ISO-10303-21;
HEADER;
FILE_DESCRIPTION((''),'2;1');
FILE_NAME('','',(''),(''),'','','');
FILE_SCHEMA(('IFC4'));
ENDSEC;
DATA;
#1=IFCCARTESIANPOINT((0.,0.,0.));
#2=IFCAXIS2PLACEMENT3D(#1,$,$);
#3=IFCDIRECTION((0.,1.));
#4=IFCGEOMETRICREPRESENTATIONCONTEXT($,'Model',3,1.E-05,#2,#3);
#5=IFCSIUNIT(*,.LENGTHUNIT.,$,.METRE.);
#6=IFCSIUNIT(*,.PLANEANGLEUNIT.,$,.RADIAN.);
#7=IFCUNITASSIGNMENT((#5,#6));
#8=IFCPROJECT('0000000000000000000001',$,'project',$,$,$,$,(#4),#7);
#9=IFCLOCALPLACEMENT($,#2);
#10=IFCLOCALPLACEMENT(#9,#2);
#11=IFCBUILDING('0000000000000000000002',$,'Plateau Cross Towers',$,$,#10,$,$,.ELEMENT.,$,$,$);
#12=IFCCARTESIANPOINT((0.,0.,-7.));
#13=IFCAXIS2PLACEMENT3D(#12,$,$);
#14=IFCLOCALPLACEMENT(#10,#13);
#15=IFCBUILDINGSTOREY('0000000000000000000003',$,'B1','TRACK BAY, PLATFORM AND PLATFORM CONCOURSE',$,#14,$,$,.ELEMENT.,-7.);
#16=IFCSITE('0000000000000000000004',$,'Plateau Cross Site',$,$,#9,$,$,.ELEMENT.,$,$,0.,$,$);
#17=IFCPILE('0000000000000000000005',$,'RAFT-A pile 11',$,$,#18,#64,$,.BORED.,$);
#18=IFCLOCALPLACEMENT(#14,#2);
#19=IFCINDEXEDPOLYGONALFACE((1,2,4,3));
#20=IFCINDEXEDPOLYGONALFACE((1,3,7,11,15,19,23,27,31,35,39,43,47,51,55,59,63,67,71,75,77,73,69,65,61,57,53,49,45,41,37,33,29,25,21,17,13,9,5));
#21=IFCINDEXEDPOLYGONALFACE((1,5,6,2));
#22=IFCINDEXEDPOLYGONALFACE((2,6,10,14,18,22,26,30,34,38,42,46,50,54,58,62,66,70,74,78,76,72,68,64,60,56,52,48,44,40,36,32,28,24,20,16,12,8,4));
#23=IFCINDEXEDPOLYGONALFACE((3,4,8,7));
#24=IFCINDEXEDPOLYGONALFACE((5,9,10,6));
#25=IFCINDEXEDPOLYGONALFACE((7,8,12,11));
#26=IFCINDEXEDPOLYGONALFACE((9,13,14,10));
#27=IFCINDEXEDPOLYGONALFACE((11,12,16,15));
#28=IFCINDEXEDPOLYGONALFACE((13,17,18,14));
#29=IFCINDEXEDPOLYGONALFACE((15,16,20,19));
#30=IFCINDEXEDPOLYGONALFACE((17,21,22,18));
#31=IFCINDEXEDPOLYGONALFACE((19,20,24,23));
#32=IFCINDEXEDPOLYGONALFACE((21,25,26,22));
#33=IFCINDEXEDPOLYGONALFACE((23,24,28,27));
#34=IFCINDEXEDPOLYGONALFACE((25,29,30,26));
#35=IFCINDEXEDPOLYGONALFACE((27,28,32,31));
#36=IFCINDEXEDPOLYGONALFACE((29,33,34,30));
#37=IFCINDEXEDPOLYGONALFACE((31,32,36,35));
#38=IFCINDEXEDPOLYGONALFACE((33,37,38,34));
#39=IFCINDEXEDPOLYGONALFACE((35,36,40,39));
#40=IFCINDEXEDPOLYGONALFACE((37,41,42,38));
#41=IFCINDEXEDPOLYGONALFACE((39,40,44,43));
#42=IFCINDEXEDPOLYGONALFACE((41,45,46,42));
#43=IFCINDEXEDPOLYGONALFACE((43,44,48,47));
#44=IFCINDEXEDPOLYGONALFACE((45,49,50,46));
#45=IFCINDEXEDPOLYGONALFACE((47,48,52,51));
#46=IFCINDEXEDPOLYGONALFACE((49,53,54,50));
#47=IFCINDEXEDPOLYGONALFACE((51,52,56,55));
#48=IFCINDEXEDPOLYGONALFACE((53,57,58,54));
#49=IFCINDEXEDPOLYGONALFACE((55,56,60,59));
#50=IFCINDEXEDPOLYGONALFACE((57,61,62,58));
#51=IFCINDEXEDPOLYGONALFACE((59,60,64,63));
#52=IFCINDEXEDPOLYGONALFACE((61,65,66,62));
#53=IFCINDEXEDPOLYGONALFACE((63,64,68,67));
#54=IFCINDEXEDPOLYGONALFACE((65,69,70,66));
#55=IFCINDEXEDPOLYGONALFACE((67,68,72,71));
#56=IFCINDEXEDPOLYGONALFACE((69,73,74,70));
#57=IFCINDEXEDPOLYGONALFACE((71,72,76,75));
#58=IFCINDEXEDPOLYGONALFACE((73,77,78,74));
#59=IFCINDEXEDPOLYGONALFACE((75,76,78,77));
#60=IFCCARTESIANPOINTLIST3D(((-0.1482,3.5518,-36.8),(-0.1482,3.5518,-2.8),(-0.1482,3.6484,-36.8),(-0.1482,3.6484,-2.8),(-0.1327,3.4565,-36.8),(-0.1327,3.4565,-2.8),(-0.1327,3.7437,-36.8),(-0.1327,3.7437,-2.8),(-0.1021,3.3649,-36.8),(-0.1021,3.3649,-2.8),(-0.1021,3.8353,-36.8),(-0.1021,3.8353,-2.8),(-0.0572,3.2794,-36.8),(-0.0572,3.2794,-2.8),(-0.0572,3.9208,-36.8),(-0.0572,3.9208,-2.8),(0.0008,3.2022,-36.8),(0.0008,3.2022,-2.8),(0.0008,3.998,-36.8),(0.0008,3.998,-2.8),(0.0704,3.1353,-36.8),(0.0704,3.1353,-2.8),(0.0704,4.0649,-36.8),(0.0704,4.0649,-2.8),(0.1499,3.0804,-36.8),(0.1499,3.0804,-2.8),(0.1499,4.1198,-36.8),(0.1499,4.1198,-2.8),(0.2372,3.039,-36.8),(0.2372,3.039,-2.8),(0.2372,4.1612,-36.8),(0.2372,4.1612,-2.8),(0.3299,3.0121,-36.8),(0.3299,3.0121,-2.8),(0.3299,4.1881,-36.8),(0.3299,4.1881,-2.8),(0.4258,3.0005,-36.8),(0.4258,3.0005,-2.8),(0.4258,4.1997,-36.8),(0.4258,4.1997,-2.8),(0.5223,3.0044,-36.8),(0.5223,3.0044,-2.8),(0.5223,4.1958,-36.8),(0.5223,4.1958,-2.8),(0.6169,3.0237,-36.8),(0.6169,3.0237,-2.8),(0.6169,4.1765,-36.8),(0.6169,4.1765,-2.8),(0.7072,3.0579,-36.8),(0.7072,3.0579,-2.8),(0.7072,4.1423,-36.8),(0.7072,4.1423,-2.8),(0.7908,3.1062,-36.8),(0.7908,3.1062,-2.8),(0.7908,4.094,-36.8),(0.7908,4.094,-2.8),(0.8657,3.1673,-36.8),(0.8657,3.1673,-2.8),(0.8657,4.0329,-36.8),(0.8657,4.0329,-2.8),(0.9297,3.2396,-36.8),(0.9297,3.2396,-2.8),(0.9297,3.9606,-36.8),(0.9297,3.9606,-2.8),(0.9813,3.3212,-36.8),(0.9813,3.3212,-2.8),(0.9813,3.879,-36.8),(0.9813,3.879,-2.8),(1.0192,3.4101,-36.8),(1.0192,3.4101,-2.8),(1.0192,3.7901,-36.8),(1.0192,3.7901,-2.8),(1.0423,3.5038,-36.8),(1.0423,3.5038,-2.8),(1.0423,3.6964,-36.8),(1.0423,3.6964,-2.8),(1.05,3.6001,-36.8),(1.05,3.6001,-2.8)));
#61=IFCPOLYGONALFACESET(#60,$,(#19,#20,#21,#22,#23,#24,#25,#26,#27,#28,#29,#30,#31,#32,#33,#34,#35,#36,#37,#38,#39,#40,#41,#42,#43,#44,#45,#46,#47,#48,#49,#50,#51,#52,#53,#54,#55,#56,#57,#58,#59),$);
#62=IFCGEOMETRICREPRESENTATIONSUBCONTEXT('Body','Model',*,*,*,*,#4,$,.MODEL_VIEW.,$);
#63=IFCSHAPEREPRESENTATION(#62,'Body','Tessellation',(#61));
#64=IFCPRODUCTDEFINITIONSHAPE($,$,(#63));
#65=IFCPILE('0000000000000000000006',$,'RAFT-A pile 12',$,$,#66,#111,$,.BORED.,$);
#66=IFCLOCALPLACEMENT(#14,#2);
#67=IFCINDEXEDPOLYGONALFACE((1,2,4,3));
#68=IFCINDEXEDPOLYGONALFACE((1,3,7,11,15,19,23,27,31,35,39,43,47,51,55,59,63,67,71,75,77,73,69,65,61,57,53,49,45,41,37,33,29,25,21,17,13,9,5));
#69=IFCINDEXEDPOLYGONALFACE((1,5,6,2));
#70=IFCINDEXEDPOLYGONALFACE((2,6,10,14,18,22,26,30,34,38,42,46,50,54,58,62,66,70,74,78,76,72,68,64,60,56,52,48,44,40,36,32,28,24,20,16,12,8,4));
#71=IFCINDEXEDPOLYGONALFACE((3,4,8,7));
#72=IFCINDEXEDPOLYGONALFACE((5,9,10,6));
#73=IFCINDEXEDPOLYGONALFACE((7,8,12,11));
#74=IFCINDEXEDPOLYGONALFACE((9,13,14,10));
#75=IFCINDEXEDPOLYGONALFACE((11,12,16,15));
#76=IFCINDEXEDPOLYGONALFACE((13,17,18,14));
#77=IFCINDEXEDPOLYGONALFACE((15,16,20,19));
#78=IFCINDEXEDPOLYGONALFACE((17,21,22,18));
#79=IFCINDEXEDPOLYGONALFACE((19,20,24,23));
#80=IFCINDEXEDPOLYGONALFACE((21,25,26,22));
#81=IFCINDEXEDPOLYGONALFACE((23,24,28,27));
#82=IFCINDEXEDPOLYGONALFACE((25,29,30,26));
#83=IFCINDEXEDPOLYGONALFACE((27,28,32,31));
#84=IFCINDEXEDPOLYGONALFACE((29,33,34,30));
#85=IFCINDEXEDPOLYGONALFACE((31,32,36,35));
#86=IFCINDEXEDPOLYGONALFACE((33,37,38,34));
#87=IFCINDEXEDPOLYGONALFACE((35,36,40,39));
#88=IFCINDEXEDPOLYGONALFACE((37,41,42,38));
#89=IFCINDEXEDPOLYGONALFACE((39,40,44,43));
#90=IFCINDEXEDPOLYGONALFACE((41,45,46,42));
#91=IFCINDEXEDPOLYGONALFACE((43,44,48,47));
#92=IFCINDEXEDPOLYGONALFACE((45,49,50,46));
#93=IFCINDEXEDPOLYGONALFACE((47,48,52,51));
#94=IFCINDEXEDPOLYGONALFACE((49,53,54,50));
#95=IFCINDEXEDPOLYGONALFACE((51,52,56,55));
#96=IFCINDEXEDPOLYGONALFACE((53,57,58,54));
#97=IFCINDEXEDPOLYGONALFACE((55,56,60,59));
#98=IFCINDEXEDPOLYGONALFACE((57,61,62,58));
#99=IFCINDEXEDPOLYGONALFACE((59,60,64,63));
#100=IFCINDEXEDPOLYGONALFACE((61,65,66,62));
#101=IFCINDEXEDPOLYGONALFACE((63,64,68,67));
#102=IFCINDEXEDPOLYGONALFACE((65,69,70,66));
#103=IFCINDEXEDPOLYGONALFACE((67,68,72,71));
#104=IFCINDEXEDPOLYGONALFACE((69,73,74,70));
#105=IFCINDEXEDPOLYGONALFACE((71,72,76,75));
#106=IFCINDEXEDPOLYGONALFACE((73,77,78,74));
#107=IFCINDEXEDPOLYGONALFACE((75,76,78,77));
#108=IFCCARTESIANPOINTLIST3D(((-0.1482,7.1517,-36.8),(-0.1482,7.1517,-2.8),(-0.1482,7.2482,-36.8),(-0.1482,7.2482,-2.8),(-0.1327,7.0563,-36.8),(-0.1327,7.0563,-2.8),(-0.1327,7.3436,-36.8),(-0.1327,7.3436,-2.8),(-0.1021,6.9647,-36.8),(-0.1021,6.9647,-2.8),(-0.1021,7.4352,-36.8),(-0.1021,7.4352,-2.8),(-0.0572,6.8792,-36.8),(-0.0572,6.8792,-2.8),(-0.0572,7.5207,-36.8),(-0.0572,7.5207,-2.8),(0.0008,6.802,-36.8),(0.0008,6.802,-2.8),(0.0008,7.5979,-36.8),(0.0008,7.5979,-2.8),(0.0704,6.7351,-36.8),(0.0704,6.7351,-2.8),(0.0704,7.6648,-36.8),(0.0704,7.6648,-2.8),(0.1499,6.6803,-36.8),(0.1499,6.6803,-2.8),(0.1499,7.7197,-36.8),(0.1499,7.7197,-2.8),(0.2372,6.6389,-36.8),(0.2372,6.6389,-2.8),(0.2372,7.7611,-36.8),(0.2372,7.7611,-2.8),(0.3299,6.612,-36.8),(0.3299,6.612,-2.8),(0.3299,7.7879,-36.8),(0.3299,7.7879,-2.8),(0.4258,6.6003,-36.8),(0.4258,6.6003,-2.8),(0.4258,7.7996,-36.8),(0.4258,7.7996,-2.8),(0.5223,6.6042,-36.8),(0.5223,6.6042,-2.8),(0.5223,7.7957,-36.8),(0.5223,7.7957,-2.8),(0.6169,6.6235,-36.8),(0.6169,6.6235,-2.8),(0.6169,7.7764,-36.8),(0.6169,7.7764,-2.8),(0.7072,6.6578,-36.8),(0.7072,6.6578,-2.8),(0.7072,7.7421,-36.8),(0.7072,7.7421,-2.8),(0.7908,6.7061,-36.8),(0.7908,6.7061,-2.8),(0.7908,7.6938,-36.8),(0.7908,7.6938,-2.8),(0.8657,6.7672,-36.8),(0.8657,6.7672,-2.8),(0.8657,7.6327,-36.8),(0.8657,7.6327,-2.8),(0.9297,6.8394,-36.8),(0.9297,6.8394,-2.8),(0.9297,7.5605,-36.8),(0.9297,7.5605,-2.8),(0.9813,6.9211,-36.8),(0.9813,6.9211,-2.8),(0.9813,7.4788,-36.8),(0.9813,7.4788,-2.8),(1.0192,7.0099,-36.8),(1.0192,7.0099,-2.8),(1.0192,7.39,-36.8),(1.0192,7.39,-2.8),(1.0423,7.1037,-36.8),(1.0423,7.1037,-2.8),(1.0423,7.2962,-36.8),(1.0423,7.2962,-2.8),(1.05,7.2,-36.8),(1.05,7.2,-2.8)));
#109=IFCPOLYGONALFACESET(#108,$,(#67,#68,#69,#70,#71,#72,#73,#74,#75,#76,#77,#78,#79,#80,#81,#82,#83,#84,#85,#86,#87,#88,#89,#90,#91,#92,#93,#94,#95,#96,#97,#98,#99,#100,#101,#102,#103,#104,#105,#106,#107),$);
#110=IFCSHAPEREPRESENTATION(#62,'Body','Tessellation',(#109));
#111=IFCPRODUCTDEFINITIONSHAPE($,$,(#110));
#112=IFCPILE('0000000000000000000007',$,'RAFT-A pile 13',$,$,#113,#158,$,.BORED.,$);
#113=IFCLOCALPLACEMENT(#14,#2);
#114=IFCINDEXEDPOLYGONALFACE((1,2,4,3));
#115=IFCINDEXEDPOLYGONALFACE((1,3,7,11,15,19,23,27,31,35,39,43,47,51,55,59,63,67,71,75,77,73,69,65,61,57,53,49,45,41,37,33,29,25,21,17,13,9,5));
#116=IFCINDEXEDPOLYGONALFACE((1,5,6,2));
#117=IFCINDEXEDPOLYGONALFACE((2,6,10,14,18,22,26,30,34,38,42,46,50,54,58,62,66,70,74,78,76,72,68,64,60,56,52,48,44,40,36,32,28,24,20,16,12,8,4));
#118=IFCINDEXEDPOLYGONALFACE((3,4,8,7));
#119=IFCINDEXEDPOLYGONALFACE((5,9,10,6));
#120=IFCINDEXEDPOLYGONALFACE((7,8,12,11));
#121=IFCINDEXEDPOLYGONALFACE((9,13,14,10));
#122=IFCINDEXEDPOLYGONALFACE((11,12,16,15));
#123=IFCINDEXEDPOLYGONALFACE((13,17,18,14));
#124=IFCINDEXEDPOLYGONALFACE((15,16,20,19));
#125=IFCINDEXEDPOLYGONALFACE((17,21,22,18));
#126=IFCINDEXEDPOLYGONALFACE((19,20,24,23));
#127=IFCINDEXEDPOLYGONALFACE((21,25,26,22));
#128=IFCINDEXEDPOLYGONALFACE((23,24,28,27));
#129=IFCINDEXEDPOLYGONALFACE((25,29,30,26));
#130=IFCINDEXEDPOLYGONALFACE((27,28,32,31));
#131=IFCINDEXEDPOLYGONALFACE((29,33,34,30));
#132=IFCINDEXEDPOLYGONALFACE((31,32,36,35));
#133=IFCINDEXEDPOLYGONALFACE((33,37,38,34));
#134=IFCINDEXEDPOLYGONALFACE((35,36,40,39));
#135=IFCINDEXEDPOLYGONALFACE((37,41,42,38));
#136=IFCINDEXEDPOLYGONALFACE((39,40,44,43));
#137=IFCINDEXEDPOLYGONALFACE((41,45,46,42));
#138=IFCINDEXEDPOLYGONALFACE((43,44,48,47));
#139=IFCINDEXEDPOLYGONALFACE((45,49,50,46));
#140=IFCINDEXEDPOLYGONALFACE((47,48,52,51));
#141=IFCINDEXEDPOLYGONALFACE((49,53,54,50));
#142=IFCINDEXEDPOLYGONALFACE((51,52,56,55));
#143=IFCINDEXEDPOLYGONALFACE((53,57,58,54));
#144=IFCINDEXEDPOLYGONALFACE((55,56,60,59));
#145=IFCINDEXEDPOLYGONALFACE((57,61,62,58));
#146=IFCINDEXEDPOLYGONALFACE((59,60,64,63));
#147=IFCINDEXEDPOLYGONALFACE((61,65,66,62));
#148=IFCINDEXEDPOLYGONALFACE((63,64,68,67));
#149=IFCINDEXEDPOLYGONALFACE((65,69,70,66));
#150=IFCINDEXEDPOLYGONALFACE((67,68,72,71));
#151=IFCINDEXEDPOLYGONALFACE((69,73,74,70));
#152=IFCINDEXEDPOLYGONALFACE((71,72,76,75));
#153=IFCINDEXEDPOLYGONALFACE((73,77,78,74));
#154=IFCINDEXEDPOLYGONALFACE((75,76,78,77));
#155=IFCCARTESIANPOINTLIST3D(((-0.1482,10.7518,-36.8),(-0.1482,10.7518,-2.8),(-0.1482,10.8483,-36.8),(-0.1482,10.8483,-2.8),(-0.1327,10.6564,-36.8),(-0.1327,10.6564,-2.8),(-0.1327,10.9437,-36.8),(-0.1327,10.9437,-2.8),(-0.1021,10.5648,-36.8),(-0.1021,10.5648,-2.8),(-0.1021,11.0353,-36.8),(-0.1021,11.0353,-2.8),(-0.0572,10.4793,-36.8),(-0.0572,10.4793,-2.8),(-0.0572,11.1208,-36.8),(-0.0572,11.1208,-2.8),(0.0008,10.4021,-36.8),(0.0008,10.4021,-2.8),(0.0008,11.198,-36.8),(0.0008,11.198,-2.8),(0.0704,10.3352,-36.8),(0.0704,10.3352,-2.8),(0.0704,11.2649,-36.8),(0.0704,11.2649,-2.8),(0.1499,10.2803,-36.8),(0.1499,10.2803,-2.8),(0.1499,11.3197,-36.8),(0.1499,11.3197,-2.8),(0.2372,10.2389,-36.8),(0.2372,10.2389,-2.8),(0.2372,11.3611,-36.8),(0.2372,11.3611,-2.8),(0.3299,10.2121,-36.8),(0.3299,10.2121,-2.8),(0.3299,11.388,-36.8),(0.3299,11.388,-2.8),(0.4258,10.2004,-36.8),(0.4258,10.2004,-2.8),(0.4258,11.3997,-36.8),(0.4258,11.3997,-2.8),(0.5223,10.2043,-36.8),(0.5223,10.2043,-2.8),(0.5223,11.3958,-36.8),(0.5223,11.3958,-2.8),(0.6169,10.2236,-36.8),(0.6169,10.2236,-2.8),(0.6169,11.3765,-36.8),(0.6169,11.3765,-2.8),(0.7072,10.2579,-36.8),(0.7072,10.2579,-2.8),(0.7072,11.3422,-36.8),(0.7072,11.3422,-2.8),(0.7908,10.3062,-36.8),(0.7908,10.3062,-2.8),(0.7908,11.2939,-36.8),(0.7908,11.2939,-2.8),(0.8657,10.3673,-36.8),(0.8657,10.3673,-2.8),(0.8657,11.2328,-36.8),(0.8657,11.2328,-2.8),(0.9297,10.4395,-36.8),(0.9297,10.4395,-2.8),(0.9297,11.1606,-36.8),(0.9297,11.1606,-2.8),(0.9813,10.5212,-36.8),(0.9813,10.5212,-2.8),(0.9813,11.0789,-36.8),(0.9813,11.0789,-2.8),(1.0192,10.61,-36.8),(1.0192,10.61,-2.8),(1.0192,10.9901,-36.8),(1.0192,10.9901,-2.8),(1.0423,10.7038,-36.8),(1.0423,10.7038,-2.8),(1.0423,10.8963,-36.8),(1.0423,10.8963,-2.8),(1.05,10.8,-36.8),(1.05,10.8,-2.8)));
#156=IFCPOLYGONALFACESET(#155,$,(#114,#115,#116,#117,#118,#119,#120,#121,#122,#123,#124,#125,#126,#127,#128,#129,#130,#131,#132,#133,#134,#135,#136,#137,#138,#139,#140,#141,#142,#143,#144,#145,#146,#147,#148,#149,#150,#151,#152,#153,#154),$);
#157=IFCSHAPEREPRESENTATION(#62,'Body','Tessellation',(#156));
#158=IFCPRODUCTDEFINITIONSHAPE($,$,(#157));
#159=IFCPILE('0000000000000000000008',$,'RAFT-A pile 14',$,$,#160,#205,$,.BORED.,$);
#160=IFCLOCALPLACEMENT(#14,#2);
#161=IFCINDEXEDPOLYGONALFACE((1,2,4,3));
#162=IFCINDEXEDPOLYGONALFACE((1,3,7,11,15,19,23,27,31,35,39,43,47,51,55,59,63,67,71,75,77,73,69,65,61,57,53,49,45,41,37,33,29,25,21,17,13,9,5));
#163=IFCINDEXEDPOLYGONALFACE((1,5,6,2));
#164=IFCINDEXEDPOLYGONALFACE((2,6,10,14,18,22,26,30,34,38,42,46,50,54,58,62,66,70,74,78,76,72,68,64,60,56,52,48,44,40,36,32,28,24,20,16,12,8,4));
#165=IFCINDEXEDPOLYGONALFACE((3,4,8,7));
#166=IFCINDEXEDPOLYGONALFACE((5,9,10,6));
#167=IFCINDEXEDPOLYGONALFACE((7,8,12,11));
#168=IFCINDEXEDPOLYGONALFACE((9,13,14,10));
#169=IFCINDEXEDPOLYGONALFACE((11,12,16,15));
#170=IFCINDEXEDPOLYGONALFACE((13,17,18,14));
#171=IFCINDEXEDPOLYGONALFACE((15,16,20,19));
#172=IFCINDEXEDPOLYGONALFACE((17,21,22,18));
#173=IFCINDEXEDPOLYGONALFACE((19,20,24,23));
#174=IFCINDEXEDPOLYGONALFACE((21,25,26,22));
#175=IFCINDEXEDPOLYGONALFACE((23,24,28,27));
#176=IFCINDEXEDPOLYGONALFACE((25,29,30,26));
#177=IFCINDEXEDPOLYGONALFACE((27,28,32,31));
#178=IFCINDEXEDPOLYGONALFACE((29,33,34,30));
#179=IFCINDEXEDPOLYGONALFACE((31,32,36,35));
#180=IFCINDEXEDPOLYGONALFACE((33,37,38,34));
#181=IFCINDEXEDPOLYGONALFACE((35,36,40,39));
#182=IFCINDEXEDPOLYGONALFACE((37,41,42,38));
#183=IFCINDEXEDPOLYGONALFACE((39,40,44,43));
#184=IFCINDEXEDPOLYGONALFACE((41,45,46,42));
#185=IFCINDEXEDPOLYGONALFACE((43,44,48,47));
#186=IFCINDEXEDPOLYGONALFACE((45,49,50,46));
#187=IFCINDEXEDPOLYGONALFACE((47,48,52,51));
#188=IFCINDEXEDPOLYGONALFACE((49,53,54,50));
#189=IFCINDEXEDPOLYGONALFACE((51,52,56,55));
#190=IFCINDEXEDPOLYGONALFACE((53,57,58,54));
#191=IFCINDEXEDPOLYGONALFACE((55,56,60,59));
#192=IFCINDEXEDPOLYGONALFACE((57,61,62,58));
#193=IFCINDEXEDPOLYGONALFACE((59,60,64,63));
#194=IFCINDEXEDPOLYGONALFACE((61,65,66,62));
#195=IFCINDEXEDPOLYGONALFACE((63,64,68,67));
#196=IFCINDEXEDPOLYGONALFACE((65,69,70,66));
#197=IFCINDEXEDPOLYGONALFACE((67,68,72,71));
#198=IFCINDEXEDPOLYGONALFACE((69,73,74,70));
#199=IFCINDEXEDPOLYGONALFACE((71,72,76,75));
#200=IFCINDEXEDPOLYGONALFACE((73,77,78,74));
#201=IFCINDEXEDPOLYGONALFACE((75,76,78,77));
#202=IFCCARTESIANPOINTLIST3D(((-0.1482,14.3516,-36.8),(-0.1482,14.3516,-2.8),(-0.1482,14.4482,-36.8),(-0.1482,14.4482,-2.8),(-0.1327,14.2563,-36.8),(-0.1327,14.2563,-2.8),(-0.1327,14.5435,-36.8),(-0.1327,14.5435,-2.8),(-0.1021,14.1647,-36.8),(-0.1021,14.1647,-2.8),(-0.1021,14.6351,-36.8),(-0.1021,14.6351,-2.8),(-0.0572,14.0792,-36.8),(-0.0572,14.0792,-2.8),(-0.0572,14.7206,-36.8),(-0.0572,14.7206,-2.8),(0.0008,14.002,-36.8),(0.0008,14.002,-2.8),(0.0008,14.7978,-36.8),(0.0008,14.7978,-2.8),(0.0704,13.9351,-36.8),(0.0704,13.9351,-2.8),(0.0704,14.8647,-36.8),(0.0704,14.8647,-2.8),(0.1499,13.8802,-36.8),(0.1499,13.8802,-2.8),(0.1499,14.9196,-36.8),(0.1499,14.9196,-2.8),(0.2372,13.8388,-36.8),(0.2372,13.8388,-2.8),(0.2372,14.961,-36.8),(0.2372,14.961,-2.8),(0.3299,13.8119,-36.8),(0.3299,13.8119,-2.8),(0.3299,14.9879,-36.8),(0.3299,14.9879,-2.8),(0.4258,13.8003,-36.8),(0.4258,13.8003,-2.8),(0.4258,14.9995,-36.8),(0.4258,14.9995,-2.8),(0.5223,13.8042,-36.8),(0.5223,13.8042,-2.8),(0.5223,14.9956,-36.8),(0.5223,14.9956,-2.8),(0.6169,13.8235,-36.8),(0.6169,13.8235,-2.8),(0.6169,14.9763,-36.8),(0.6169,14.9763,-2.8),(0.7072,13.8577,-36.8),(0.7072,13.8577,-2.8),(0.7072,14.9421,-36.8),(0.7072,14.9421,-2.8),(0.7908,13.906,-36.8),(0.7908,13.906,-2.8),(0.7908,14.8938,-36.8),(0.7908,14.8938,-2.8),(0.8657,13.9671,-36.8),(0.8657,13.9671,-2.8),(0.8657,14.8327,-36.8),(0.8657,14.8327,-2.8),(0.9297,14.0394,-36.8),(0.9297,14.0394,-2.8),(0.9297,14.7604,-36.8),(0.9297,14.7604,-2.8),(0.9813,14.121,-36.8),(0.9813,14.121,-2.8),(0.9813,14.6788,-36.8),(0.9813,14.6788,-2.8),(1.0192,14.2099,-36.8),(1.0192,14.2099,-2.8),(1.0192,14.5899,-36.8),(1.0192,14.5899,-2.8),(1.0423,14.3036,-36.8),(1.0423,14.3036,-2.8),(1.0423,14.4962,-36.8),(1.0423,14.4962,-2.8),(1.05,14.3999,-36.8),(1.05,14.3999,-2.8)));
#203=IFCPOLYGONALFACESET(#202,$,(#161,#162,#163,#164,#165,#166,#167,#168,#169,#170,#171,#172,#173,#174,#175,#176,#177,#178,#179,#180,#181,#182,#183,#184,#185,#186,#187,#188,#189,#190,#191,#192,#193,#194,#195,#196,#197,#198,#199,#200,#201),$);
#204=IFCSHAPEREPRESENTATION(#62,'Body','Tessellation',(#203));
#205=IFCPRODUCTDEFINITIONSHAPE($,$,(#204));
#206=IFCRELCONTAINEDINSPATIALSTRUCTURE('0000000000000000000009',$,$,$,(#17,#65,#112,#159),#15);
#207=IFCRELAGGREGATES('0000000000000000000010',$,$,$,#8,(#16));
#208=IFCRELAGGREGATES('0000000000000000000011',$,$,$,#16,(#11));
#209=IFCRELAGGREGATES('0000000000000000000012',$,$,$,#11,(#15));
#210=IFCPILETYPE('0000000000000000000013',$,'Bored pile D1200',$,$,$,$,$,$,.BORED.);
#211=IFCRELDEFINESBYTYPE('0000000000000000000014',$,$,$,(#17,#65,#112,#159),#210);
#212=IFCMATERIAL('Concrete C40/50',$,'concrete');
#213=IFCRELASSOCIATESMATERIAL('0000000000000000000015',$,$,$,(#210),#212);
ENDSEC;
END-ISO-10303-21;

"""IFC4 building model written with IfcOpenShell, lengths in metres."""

from ifc_helpers import new_model, si_unit, direction, frame, origin, origin_2d, place, context, subcontext, project, spatial, circle, extrude, material, material_profile, profile_set, type_object, element, save


model = new_model("IFC4")

# Units and contexts
model_context = context("Model", 3, precision=1e-05, world=origin(), true_north=direction((0.0, 1.0)))
body_context = subcontext(model_context, "Body", "Model", "MODEL_VIEW")
ifc_project = project(units=[si_unit("LENGTHUNIT", "METRE"), si_unit("PLANEANGLEUNIT", "RADIAN")], contexts=[model_context])

# Site, building, storey
site_placement = place(None, origin())
site = spatial("IfcSite", under=ifc_project, at=site_placement, Name="Plateau Cross Site", CompositionType="ELEMENT", RefElevation=0.0)
building_placement = place(site_placement, origin())
building = spatial("IfcBuilding", under=site, at=building_placement, Name="Plateau Cross Towers", CompositionType="ELEMENT")
storey_placement = place(building_placement, frame((0.0, 0.0, -7.0)))
storey = spatial("IfcBuildingStorey", under=building, at=storey_placement, Name="B1", Description="TRACK BAY, PLATFORM AND PLATFORM CONCOURSE", CompositionType="ELEMENT", Elevation=-7.0)

# Piles
ifc_material_1 = material(Name="Concrete C40/50", Category="concrete")
ifc_material_profile = material_profile(ifc_material_1, circle(Radius=0.6001, at=origin_2d()), Name="Bored pile D1200")
ifc_profile_set = profile_set([ifc_material_profile], Name="Concrete C40/50")
pile_type = type_object("IfcPileType", Name="Bored pile D1200", PredefinedType="BORED", material=ifc_profile_set)
for number, where, z_axis, x_axis, name in (
    (1, (0.45, 3.6001, -2.8), (0.0, 0.0, -1.0), (1.0, 0.0, 0.0), "RAFT-A pile 11"),
    (2, (0.45, 7.2, -2.8), (0.0, 0.0, -1.0), (1.0, 0.0, 0.0), "RAFT-A pile 12"),
    (3, (0.45, 10.8, -2.8), (0.0, 0.0, -1.0), (1.0, 0.0, 0.0), "RAFT-A pile 13"),
    (4, (0.45, 14.3999, -2.8), (0.0, 0.0, -1.0), (1.0, 0.0, 0.0), "RAFT-A pile 14"),
):
    element("IfcPile", number, at=place(storey_placement, frame(where, z_axis=z_axis, x_axis=x_axis)), inside=storey, type_object=pile_type, Name=name, PredefinedType="BORED", context=body_context, shape_type="SweptSolid", body=[
        extrude(circle(Radius=0.6001, at=origin_2d()), origin(), (0.0, 0.0, 1.0), 34.0),
    ])

save(model, "model.ifc")
